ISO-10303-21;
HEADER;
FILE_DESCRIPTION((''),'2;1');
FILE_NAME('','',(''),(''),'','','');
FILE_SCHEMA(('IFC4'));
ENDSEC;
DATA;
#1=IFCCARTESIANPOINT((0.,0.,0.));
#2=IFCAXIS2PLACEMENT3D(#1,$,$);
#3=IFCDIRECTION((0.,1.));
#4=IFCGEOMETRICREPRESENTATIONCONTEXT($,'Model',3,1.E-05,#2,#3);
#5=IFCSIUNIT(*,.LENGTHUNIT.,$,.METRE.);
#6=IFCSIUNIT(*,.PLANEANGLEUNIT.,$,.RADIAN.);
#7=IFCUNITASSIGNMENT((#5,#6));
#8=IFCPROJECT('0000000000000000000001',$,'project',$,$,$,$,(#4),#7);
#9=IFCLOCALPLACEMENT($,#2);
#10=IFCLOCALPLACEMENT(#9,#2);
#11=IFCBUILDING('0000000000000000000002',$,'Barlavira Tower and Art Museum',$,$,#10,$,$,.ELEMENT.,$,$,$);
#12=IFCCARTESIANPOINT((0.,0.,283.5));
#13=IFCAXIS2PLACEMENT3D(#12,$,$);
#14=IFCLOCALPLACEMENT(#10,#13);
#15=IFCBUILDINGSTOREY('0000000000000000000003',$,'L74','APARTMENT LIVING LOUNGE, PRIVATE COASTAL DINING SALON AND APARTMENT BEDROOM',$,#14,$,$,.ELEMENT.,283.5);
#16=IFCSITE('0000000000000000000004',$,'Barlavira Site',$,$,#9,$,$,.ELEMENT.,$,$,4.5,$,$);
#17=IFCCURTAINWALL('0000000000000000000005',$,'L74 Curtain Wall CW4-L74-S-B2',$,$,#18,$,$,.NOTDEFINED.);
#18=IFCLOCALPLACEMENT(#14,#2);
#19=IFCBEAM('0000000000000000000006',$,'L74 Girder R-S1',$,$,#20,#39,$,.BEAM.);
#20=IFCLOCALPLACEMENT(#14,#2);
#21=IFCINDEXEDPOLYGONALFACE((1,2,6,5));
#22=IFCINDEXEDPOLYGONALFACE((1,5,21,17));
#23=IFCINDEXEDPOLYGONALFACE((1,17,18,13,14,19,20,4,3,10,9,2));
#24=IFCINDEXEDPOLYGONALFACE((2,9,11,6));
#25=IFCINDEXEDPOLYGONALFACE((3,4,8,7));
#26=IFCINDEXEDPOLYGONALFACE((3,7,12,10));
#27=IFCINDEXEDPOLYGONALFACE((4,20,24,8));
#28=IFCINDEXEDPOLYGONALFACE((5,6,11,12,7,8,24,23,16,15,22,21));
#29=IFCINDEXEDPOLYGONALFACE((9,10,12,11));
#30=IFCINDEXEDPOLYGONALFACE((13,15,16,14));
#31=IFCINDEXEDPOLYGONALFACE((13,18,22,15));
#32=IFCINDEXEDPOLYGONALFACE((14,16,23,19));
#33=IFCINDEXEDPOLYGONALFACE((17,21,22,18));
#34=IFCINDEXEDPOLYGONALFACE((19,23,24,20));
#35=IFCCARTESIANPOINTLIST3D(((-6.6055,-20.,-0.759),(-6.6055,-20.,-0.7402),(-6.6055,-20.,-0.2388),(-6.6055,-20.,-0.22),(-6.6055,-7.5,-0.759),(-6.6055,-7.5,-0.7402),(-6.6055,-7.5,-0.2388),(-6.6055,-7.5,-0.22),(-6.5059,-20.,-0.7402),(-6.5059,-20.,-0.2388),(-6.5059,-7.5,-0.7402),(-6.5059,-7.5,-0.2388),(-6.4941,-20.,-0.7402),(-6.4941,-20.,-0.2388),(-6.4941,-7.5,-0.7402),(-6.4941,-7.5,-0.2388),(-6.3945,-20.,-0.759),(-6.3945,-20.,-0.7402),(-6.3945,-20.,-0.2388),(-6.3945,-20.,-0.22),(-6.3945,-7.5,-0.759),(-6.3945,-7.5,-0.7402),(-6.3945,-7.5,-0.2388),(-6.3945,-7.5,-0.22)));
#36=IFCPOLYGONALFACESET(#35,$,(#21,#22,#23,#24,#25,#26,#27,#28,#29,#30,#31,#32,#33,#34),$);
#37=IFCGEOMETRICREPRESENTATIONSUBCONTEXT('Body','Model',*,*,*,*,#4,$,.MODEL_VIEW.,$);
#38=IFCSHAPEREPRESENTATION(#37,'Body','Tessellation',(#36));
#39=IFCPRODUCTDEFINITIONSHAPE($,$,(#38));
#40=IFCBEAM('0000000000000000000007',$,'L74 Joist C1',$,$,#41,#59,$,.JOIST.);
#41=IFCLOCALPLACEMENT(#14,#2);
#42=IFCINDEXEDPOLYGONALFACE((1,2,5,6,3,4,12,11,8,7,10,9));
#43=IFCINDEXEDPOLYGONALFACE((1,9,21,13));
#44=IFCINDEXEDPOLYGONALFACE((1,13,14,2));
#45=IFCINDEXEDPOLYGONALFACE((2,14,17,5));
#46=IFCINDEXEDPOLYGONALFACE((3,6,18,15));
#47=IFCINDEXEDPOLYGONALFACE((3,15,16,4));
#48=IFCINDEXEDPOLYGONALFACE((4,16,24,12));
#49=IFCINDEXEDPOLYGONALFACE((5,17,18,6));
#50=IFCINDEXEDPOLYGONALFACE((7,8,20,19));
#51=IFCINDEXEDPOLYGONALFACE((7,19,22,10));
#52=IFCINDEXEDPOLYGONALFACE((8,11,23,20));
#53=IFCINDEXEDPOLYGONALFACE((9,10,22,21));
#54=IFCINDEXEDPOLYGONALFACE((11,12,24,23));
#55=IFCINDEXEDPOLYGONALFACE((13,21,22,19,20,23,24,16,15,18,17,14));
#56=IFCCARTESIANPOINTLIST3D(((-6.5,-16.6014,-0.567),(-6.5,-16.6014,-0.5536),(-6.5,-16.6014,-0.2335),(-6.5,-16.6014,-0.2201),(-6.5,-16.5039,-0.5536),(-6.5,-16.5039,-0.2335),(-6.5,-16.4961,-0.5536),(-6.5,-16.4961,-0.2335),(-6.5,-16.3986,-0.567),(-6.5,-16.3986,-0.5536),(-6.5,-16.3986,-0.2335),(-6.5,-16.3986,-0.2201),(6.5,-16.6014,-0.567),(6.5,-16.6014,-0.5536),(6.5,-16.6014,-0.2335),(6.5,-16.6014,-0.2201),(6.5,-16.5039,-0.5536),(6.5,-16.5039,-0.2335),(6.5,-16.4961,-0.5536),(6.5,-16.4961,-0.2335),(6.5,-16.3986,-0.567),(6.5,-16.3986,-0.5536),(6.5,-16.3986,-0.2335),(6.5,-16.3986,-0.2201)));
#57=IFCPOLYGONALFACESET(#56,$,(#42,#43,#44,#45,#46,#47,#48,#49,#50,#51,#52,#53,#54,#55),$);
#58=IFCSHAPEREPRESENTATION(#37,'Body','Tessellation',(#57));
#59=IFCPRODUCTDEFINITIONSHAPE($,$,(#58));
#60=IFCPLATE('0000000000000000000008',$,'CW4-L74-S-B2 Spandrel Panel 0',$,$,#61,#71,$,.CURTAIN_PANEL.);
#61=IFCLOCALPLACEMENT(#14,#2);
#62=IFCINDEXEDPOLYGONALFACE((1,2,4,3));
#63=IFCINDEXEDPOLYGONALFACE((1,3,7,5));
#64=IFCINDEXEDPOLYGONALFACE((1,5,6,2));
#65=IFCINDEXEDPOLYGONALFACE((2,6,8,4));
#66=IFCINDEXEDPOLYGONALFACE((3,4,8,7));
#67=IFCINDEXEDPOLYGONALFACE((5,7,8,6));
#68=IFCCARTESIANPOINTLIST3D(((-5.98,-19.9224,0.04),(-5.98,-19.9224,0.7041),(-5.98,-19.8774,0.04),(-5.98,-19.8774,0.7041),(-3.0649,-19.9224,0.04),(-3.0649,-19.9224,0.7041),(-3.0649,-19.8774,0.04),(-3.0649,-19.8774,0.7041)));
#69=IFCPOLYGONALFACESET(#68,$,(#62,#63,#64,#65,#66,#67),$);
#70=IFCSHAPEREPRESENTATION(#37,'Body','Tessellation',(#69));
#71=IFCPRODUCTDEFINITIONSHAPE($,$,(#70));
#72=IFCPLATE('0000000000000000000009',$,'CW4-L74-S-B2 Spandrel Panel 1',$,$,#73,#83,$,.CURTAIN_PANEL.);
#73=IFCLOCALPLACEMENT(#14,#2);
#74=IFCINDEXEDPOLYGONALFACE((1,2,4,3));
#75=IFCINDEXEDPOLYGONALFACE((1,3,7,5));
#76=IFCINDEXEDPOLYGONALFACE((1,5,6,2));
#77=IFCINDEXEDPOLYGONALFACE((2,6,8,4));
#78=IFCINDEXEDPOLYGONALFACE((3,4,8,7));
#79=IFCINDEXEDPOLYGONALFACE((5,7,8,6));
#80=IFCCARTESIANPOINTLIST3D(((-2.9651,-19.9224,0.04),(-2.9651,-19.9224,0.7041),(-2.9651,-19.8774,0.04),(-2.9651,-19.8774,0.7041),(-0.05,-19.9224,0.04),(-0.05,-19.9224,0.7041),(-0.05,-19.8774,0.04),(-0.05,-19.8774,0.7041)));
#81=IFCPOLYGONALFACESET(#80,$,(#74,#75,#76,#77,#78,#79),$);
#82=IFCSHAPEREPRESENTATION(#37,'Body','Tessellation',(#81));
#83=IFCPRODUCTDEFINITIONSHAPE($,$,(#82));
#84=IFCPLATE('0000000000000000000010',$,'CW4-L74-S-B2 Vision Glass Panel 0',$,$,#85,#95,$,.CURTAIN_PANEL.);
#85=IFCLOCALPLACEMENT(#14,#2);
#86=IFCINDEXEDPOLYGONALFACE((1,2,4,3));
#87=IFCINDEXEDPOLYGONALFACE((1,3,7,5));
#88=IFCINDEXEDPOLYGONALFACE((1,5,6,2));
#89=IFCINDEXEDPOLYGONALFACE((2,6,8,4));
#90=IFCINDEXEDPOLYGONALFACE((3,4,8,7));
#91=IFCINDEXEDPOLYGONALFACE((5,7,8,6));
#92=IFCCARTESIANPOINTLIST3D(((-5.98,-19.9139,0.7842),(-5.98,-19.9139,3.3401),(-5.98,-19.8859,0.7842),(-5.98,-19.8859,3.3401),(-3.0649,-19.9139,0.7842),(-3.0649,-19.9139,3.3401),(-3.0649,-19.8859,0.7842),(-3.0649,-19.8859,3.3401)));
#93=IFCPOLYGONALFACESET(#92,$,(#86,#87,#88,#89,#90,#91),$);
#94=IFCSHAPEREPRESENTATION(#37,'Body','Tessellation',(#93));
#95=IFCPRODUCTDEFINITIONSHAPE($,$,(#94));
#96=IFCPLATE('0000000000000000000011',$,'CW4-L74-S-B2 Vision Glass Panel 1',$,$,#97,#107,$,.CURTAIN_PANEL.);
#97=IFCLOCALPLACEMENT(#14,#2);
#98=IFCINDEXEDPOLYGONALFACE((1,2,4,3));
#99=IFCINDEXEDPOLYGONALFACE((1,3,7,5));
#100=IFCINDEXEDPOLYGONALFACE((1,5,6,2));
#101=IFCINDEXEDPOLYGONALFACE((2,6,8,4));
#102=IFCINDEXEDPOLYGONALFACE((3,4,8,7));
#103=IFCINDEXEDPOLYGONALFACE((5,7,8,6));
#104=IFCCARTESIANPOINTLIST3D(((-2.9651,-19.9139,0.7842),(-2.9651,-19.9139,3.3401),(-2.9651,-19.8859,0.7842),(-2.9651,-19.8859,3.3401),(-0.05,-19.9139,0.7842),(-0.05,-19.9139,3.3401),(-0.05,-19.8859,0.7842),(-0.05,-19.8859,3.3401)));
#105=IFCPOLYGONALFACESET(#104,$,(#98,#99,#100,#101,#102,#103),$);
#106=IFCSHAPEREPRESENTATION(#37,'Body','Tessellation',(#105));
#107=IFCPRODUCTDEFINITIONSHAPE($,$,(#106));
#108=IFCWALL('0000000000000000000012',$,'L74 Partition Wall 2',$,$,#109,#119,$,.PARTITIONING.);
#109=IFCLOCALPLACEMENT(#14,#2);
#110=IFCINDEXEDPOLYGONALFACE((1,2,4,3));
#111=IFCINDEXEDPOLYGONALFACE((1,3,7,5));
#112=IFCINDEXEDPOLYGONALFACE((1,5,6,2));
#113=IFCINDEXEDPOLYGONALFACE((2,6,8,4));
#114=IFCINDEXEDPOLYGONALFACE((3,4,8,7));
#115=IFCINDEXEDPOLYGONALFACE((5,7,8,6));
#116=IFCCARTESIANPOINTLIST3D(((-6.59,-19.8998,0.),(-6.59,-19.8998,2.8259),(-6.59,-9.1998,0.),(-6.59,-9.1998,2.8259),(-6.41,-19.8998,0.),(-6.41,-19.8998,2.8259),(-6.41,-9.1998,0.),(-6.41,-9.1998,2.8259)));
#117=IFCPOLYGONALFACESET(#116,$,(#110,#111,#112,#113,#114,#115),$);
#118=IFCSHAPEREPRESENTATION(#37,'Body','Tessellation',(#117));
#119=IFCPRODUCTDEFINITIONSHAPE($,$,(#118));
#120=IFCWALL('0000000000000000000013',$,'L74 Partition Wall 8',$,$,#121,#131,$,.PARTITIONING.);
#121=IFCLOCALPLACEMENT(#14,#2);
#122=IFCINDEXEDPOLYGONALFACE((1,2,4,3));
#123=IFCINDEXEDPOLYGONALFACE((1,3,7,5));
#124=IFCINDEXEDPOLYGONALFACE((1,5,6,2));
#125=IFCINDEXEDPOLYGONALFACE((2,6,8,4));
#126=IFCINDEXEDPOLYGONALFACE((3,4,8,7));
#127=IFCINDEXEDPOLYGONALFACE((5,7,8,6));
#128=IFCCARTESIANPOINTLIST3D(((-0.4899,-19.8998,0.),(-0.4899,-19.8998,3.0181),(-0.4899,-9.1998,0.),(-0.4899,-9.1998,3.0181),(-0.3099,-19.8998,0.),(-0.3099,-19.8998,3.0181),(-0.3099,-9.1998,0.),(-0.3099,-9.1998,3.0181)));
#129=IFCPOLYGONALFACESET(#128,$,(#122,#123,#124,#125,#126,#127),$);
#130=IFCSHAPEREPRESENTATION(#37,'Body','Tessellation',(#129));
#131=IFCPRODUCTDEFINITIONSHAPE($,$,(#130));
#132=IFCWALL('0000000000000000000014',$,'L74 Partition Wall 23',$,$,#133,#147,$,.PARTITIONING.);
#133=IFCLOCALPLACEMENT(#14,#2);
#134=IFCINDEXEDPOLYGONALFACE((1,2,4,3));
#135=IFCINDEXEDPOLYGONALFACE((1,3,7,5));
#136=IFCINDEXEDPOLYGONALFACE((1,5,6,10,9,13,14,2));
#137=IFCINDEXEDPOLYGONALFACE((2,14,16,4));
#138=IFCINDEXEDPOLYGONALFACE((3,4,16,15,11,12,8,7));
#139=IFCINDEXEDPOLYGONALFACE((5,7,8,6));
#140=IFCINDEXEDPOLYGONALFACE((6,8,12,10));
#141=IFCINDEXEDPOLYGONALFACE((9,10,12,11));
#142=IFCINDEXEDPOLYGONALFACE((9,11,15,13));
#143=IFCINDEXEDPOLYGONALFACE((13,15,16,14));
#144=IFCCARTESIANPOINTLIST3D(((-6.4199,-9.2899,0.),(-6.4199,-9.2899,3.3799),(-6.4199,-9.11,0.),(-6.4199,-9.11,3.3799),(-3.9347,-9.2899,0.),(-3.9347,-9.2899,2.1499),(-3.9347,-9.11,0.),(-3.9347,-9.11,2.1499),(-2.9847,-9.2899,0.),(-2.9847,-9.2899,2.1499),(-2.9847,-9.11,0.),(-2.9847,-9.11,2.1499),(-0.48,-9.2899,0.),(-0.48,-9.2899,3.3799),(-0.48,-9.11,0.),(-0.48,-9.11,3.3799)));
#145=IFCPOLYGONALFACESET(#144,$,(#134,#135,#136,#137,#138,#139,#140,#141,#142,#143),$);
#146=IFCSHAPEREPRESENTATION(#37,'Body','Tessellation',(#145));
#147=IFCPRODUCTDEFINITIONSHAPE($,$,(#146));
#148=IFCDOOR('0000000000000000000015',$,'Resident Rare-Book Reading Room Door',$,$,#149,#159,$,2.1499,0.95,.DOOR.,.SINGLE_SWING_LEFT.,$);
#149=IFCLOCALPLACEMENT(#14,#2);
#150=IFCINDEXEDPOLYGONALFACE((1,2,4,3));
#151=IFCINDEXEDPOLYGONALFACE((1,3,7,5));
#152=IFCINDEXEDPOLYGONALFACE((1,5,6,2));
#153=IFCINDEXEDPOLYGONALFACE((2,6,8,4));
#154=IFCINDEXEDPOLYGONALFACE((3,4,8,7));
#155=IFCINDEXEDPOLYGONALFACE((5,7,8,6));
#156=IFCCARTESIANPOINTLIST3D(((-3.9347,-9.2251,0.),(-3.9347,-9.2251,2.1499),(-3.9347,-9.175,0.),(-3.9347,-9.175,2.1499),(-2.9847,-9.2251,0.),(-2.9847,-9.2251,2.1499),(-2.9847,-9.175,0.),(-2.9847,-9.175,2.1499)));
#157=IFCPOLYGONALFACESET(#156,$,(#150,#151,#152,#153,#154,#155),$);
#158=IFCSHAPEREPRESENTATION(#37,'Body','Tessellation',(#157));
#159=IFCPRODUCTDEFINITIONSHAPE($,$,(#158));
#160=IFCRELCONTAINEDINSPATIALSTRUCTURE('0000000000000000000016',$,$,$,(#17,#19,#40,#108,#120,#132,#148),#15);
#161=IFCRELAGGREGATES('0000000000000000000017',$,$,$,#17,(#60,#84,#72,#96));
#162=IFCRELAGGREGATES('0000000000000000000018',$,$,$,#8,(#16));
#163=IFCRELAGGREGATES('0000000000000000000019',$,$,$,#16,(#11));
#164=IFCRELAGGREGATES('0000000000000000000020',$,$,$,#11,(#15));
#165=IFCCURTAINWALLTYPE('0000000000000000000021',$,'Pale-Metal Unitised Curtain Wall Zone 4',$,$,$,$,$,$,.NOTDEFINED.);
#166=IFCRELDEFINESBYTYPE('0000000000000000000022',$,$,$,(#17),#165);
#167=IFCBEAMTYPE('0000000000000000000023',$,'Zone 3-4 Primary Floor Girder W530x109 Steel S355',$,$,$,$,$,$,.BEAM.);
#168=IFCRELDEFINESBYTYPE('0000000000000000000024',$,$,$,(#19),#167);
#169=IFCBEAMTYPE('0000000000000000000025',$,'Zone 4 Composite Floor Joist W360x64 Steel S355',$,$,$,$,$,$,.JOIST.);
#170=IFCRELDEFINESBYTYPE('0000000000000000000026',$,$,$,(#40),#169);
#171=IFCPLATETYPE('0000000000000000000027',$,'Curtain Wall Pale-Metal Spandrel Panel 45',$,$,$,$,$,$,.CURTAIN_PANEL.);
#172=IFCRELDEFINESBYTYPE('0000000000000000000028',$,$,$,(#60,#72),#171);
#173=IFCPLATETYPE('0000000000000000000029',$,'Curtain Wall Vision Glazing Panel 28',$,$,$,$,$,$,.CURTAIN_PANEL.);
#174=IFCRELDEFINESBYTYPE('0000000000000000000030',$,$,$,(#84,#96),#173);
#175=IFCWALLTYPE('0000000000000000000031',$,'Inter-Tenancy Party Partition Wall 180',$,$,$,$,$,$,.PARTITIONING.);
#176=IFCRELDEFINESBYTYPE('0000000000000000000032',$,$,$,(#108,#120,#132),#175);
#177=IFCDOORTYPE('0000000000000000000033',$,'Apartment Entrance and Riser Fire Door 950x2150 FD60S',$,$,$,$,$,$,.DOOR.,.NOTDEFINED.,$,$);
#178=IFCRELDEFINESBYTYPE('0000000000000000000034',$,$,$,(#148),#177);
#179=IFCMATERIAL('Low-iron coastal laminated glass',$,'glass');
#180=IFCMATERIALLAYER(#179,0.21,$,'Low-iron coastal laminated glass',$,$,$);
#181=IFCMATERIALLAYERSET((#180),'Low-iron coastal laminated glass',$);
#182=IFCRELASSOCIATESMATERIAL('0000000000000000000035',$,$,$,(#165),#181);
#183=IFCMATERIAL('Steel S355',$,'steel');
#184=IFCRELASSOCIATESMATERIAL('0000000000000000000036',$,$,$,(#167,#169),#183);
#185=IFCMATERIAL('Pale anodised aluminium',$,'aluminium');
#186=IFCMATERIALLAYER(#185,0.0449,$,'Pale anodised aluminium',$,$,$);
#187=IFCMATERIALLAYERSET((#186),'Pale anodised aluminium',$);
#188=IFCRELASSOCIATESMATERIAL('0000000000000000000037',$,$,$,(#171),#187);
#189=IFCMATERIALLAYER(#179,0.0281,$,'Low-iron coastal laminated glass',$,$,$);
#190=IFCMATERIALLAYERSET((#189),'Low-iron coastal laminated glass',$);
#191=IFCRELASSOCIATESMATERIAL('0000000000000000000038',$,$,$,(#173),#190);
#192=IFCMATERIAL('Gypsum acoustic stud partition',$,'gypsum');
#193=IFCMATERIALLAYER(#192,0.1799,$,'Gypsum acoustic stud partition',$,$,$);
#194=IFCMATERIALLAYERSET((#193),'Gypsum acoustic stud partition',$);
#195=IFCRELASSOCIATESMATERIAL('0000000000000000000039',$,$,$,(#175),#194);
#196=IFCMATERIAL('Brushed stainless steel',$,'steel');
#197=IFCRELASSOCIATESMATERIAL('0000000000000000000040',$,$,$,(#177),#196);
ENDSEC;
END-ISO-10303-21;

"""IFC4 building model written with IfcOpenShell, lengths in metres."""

from ifc_helpers import new_model, si_unit, direction, frame, frame_2d, origin, origin_2d, place, context, subcontext, project, spatial, rectangle, i_section, extrude, material, layer, layer_set, material_profile, profile_set, type_object, element, fill, aggregate, save


model = new_model("IFC4")

# Units and contexts
model_context = context("Model", 3, precision=1e-05, world=origin(), true_north=direction((0.0, 1.0)))
body_context = subcontext(model_context, "Body", "Model", "MODEL_VIEW")
ifc_project = project(units=[si_unit("LENGTHUNIT", "METRE"), si_unit("PLANEANGLEUNIT", "RADIAN")], contexts=[model_context])

# Site, building, storey
site_placement = place(None, origin())
site = spatial("IfcSite", under=ifc_project, at=site_placement, Name="Barlavira Site", CompositionType="ELEMENT", RefElevation=4.5)
building_placement = place(site_placement, origin())
building = spatial("IfcBuilding", under=site, at=building_placement, Name="Barlavira Tower and Art Museum", CompositionType="ELEMENT")
storey_placement = place(building_placement, frame((0.0, 0.0, 283.5)))
storey = spatial("IfcBuildingStorey", under=building, at=storey_placement, Name="L74", Description="APARTMENT LIVING LOUNGE, PRIVATE COASTAL DINING SALON AND APARTMENT BEDROOM", CompositionType="ELEMENT", Elevation=283.5)

# Curtain wall
ifc_material_1 = material(Name="Low-iron coastal laminated glass", Category="glass")
ifc_layer_1 = layer(ifc_material_1, 0.21, Name="Low-iron coastal laminated glass")
ifc_layer_set_1 = layer_set([ifc_layer_1], Name="Low-iron coastal laminated glass")
curtain_wall_type = type_object("IfcCurtainWallType", Name="Pale-Metal Unitised Curtain Wall Zone 4", PredefinedType="NOTDEFINED", material=ifc_layer_set_1)
curtain_wall_placement = place(storey_placement, origin())
curtain_wall = element("IfcCurtainWall", 1, at=curtain_wall_placement, inside=storey, type_object=curtain_wall_type, Name="L74 Curtain Wall CW4-L74-S-B2", PredefinedType="NOTDEFINED")
ifc_material_2 = material(Name="Pale anodised aluminium", Category="aluminium")

# Shared definitions
ifc_material_3 = material(Name="Steel S355", Category="steel")

# Beams
ifc_material_profile_1 = material_profile(ifc_material_3, i_section(OverallWidth=0.2109, OverallDepth=0.5391, WebThickness=0.0117, FlangeThickness=0.0188, at=origin_2d()), Name="W530x109.0")
ifc_profile_set_1 = profile_set([ifc_material_profile_1], Name="Steel S355")
beam_type_1 = type_object("IfcBeamType", Name="Zone 3-4 Primary Floor Girder W530x109 Steel S355", PredefinedType="BEAM", material=ifc_profile_set_1)
beam_1_placement = place(storey_placement, frame((-6.5, -20.0, -0.4895), z_axis=(0.0, 1.0, 0.0), x_axis=(-1.0, 0.0, 0.0)))
element("IfcBeam", 2, at=beam_1_placement, inside=storey, type_object=beam_type_1, Name="L74 Girder R-S1", PredefinedType="BEAM", context=body_context, shape_type="SweptSolid", body=[
    extrude(i_section(OverallWidth=0.2109, OverallDepth=0.5391, WebThickness=0.0117, FlangeThickness=0.0188, at=origin_2d()), origin(), (0.0, 0.0, 1.0), 12.5),
])
ifc_material_profile_2 = material_profile(ifc_material_3, i_section(OverallWidth=0.2029, OverallDepth=0.3469, WebThickness=0.0078, FlangeThickness=0.0134, at=origin_2d()), Name="W360x64.0")
ifc_profile_set_2 = profile_set([ifc_material_profile_2], Name="Steel S355")
beam_type_2 = type_object("IfcBeamType", Name="Zone 4 Composite Floor Joist W360x64 Steel S355", PredefinedType="JOIST", material=ifc_profile_set_2)
beam_2_placement = place(storey_placement, frame((-6.5, -16.5, -0.3936), z_axis=(1.0, 0.0, 0.0), x_axis=(0.0, 1.0, 0.0)))
element("IfcBeam", 3, at=beam_2_placement, inside=storey, type_object=beam_type_2, Name="L74 Joist C1", PredefinedType="JOIST", context=body_context, shape_type="SweptSolid", body=[
    extrude(i_section(OverallWidth=0.2029, OverallDepth=0.3469, WebThickness=0.0078, FlangeThickness=0.0134, at=origin_2d()), origin(), (0.0, 0.0, 1.0), 13.0),
])

# Plates
ifc_layer_2 = layer(ifc_material_2, 0.0449, Name="Pale anodised aluminium")
ifc_layer_set_2 = layer_set([ifc_layer_2], Name="Pale anodised aluminium")
plate_type_1 = type_object("IfcPlateType", Name="Curtain Wall Pale-Metal Spandrel Panel 45", PredefinedType="CURTAIN_PANEL", material=ifc_layer_set_2)
plate_1_placement = place(storey_placement, frame((-4.5225, -19.8999, 0.04), z_axis=(0.0, 0.0, 1.0), x_axis=(1.0, 0.0, 0.0)))
plate_1 = element("IfcPlate", 4, at=plate_1_placement, type_object=plate_type_1, Name="CW4-L74-S-B2 Spandrel Panel 0", PredefinedType="CURTAIN_PANEL", context=body_context, shape_type="SweptSolid", body=[
    extrude(rectangle(XDim=2.915, YDim=0.0449, at=origin_2d()), origin(), (0.0, 0.0, 1.0), 0.6641),
])
plate_2_placement = place(storey_placement, frame((-1.5076, -19.8999, 0.04), z_axis=(0.0, 0.0, 1.0), x_axis=(1.0, 0.0, 0.0)))
plate_2 = element("IfcPlate", 5, at=plate_2_placement, type_object=plate_type_1, Name="CW4-L74-S-B2 Spandrel Panel 1", PredefinedType="CURTAIN_PANEL", context=body_context, shape_type="SweptSolid", body=[
    extrude(rectangle(XDim=2.915, YDim=0.0449, at=origin_2d()), origin(), (0.0, 0.0, 1.0), 0.6641),
])
ifc_layer_3 = layer(ifc_material_1, 0.0281, Name="Low-iron coastal laminated glass")
ifc_layer_set_3 = layer_set([ifc_layer_3], Name="Low-iron coastal laminated glass")
plate_type_2 = type_object("IfcPlateType", Name="Curtain Wall Vision Glazing Panel 28", PredefinedType="CURTAIN_PANEL", material=ifc_layer_set_3)
plate_3_placement = place(storey_placement, frame((-4.5225, -19.8999, 0.7842), z_axis=(0.0, 0.0, 1.0), x_axis=(1.0, 0.0, 0.0)))
plate_3 = element("IfcPlate", 6, at=plate_3_placement, type_object=plate_type_2, Name="CW4-L74-S-B2 Vision Glass Panel 0", PredefinedType="CURTAIN_PANEL", context=body_context, shape_type="SweptSolid", body=[
    extrude(rectangle(XDim=2.915, YDim=0.0281, at=origin_2d()), origin(), (0.0, 0.0, 1.0), 2.5559),
])
plate_4_placement = place(storey_placement, frame((-1.5076, -19.8999, 0.7842), z_axis=(0.0, 0.0, 1.0), x_axis=(1.0, 0.0, 0.0)))
plate_4 = element("IfcPlate", 7, at=plate_4_placement, type_object=plate_type_2, Name="CW4-L74-S-B2 Vision Glass Panel 1", PredefinedType="CURTAIN_PANEL", context=body_context, shape_type="SweptSolid", body=[
    extrude(rectangle(XDim=2.915, YDim=0.0281, at=origin_2d()), origin(), (0.0, 0.0, 1.0), 2.5559),
])
aggregate(curtain_wall, [plate_1, plate_3, plate_2, plate_4])

# Walls
ifc_material_4 = material(Name="Gypsum acoustic stud partition", Category="gypsum")
ifc_layer_4 = layer(ifc_material_4, 0.1799, Name="Gypsum acoustic stud partition")
ifc_layer_set_4 = layer_set([ifc_layer_4], Name="Gypsum acoustic stud partition")
wall_type = type_object("IfcWallType", Name="Inter-Tenancy Party Partition Wall 180", PredefinedType="PARTITIONING", material=ifc_layer_set_4)
wall_1_placement = place(storey_placement, frame((-6.5, -19.8999, 0.0), z_axis=(0.0, 0.0, 1.0), x_axis=(0.0, 1.0, 0.0)))
element("IfcWall", 8, at=wall_1_placement, inside=storey, type_object=wall_type, Name="L74 Partition Wall 2", PredefinedType="PARTITIONING", context=body_context, shape_type="SweptSolid", body=[
    extrude(rectangle(XDim=10.7, YDim=0.1799, at=frame_2d((5.3501, 0.0))), origin(), (0.0, 0.0, 1.0), 2.8259),
])
wall_2_placement = place(storey_placement, frame((-0.3999, -19.8999, 0.0), z_axis=(0.0, 0.0, 1.0), x_axis=(0.0, 1.0, 0.0)))
element("IfcWall", 9, at=wall_2_placement, inside=storey, type_object=wall_type, Name="L74 Partition Wall 8", PredefinedType="PARTITIONING", context=body_context, shape_type="SweptSolid", body=[
    extrude(rectangle(XDim=10.7, YDim=0.1799, at=frame_2d((5.3501, 0.0))), origin(), (0.0, 0.0, 1.0), 3.0181),
])

# Wall, opening, door
wall_3_placement = place(storey_placement, frame((-6.4199, -9.2, 0.0), z_axis=(0.0, 0.0, 1.0), x_axis=(1.0, 0.0, 0.0)))
wall_3 = element("IfcWall", 10, at=wall_3_placement, inside=storey, type_object=wall_type, Name="L74 Partition Wall 23", PredefinedType="PARTITIONING", context=body_context, shape_type="SweptSolid", body=[
    extrude(rectangle(XDim=5.9399, YDim=0.1799, at=frame_2d((2.97, 0.0))), origin(), (0.0, 0.0, 1.0), 3.3799),
])
opening_1_placement = place(wall_3_placement, frame((2.4851, 0.0, 0.0)))
opening_1 = element("IfcOpeningElement", 11, at=opening_1_placement, cuts=wall_3, PredefinedType="OPENING", context=body_context, shape_type="SweptSolid", body=[
    extrude(rectangle(XDim=0.95, YDim=2.1499, at=frame_2d((0.4751, 1.075))), frame((0.0, 0.1001, 0.0), z_axis=(0.0, -1.0, 0.0), x_axis=(1.0, 0.0, 0.0)), (0.0, 0.0, 1.0), 0.2),
])
ifc_material_5 = material(Name="Brushed stainless steel", Category="steel")
door_type = type_object("IfcDoorType", Name="Apartment Entrance and Riser Fire Door 950x2150 FD60S", OperationType="NOTDEFINED", PredefinedType="DOOR", material=ifc_material_5)
door_1_placement = place(opening_1_placement, origin())
door_1 = element("IfcDoor", 12, at=door_1_placement, inside=storey, type_object=door_type, Name="Resident Rare-Book Reading Room Door", OperationType="SINGLE_SWING_LEFT", OverallHeight=2.1499, OverallWidth=0.95, PredefinedType="DOOR", context=body_context, shape_type="SweptSolid", body=[
    extrude(rectangle(XDim=0.95, YDim=2.1499, at=frame_2d((0.4751, 1.075))), frame((0.0, 0.0249, 0.0), z_axis=(0.0, -1.0, 0.0), x_axis=(1.0, 0.0, 0.0)), (0.0, 0.0, 1.0), 0.05),
])
fill(opening_1, door_1)

save(model, "model.ifc")
